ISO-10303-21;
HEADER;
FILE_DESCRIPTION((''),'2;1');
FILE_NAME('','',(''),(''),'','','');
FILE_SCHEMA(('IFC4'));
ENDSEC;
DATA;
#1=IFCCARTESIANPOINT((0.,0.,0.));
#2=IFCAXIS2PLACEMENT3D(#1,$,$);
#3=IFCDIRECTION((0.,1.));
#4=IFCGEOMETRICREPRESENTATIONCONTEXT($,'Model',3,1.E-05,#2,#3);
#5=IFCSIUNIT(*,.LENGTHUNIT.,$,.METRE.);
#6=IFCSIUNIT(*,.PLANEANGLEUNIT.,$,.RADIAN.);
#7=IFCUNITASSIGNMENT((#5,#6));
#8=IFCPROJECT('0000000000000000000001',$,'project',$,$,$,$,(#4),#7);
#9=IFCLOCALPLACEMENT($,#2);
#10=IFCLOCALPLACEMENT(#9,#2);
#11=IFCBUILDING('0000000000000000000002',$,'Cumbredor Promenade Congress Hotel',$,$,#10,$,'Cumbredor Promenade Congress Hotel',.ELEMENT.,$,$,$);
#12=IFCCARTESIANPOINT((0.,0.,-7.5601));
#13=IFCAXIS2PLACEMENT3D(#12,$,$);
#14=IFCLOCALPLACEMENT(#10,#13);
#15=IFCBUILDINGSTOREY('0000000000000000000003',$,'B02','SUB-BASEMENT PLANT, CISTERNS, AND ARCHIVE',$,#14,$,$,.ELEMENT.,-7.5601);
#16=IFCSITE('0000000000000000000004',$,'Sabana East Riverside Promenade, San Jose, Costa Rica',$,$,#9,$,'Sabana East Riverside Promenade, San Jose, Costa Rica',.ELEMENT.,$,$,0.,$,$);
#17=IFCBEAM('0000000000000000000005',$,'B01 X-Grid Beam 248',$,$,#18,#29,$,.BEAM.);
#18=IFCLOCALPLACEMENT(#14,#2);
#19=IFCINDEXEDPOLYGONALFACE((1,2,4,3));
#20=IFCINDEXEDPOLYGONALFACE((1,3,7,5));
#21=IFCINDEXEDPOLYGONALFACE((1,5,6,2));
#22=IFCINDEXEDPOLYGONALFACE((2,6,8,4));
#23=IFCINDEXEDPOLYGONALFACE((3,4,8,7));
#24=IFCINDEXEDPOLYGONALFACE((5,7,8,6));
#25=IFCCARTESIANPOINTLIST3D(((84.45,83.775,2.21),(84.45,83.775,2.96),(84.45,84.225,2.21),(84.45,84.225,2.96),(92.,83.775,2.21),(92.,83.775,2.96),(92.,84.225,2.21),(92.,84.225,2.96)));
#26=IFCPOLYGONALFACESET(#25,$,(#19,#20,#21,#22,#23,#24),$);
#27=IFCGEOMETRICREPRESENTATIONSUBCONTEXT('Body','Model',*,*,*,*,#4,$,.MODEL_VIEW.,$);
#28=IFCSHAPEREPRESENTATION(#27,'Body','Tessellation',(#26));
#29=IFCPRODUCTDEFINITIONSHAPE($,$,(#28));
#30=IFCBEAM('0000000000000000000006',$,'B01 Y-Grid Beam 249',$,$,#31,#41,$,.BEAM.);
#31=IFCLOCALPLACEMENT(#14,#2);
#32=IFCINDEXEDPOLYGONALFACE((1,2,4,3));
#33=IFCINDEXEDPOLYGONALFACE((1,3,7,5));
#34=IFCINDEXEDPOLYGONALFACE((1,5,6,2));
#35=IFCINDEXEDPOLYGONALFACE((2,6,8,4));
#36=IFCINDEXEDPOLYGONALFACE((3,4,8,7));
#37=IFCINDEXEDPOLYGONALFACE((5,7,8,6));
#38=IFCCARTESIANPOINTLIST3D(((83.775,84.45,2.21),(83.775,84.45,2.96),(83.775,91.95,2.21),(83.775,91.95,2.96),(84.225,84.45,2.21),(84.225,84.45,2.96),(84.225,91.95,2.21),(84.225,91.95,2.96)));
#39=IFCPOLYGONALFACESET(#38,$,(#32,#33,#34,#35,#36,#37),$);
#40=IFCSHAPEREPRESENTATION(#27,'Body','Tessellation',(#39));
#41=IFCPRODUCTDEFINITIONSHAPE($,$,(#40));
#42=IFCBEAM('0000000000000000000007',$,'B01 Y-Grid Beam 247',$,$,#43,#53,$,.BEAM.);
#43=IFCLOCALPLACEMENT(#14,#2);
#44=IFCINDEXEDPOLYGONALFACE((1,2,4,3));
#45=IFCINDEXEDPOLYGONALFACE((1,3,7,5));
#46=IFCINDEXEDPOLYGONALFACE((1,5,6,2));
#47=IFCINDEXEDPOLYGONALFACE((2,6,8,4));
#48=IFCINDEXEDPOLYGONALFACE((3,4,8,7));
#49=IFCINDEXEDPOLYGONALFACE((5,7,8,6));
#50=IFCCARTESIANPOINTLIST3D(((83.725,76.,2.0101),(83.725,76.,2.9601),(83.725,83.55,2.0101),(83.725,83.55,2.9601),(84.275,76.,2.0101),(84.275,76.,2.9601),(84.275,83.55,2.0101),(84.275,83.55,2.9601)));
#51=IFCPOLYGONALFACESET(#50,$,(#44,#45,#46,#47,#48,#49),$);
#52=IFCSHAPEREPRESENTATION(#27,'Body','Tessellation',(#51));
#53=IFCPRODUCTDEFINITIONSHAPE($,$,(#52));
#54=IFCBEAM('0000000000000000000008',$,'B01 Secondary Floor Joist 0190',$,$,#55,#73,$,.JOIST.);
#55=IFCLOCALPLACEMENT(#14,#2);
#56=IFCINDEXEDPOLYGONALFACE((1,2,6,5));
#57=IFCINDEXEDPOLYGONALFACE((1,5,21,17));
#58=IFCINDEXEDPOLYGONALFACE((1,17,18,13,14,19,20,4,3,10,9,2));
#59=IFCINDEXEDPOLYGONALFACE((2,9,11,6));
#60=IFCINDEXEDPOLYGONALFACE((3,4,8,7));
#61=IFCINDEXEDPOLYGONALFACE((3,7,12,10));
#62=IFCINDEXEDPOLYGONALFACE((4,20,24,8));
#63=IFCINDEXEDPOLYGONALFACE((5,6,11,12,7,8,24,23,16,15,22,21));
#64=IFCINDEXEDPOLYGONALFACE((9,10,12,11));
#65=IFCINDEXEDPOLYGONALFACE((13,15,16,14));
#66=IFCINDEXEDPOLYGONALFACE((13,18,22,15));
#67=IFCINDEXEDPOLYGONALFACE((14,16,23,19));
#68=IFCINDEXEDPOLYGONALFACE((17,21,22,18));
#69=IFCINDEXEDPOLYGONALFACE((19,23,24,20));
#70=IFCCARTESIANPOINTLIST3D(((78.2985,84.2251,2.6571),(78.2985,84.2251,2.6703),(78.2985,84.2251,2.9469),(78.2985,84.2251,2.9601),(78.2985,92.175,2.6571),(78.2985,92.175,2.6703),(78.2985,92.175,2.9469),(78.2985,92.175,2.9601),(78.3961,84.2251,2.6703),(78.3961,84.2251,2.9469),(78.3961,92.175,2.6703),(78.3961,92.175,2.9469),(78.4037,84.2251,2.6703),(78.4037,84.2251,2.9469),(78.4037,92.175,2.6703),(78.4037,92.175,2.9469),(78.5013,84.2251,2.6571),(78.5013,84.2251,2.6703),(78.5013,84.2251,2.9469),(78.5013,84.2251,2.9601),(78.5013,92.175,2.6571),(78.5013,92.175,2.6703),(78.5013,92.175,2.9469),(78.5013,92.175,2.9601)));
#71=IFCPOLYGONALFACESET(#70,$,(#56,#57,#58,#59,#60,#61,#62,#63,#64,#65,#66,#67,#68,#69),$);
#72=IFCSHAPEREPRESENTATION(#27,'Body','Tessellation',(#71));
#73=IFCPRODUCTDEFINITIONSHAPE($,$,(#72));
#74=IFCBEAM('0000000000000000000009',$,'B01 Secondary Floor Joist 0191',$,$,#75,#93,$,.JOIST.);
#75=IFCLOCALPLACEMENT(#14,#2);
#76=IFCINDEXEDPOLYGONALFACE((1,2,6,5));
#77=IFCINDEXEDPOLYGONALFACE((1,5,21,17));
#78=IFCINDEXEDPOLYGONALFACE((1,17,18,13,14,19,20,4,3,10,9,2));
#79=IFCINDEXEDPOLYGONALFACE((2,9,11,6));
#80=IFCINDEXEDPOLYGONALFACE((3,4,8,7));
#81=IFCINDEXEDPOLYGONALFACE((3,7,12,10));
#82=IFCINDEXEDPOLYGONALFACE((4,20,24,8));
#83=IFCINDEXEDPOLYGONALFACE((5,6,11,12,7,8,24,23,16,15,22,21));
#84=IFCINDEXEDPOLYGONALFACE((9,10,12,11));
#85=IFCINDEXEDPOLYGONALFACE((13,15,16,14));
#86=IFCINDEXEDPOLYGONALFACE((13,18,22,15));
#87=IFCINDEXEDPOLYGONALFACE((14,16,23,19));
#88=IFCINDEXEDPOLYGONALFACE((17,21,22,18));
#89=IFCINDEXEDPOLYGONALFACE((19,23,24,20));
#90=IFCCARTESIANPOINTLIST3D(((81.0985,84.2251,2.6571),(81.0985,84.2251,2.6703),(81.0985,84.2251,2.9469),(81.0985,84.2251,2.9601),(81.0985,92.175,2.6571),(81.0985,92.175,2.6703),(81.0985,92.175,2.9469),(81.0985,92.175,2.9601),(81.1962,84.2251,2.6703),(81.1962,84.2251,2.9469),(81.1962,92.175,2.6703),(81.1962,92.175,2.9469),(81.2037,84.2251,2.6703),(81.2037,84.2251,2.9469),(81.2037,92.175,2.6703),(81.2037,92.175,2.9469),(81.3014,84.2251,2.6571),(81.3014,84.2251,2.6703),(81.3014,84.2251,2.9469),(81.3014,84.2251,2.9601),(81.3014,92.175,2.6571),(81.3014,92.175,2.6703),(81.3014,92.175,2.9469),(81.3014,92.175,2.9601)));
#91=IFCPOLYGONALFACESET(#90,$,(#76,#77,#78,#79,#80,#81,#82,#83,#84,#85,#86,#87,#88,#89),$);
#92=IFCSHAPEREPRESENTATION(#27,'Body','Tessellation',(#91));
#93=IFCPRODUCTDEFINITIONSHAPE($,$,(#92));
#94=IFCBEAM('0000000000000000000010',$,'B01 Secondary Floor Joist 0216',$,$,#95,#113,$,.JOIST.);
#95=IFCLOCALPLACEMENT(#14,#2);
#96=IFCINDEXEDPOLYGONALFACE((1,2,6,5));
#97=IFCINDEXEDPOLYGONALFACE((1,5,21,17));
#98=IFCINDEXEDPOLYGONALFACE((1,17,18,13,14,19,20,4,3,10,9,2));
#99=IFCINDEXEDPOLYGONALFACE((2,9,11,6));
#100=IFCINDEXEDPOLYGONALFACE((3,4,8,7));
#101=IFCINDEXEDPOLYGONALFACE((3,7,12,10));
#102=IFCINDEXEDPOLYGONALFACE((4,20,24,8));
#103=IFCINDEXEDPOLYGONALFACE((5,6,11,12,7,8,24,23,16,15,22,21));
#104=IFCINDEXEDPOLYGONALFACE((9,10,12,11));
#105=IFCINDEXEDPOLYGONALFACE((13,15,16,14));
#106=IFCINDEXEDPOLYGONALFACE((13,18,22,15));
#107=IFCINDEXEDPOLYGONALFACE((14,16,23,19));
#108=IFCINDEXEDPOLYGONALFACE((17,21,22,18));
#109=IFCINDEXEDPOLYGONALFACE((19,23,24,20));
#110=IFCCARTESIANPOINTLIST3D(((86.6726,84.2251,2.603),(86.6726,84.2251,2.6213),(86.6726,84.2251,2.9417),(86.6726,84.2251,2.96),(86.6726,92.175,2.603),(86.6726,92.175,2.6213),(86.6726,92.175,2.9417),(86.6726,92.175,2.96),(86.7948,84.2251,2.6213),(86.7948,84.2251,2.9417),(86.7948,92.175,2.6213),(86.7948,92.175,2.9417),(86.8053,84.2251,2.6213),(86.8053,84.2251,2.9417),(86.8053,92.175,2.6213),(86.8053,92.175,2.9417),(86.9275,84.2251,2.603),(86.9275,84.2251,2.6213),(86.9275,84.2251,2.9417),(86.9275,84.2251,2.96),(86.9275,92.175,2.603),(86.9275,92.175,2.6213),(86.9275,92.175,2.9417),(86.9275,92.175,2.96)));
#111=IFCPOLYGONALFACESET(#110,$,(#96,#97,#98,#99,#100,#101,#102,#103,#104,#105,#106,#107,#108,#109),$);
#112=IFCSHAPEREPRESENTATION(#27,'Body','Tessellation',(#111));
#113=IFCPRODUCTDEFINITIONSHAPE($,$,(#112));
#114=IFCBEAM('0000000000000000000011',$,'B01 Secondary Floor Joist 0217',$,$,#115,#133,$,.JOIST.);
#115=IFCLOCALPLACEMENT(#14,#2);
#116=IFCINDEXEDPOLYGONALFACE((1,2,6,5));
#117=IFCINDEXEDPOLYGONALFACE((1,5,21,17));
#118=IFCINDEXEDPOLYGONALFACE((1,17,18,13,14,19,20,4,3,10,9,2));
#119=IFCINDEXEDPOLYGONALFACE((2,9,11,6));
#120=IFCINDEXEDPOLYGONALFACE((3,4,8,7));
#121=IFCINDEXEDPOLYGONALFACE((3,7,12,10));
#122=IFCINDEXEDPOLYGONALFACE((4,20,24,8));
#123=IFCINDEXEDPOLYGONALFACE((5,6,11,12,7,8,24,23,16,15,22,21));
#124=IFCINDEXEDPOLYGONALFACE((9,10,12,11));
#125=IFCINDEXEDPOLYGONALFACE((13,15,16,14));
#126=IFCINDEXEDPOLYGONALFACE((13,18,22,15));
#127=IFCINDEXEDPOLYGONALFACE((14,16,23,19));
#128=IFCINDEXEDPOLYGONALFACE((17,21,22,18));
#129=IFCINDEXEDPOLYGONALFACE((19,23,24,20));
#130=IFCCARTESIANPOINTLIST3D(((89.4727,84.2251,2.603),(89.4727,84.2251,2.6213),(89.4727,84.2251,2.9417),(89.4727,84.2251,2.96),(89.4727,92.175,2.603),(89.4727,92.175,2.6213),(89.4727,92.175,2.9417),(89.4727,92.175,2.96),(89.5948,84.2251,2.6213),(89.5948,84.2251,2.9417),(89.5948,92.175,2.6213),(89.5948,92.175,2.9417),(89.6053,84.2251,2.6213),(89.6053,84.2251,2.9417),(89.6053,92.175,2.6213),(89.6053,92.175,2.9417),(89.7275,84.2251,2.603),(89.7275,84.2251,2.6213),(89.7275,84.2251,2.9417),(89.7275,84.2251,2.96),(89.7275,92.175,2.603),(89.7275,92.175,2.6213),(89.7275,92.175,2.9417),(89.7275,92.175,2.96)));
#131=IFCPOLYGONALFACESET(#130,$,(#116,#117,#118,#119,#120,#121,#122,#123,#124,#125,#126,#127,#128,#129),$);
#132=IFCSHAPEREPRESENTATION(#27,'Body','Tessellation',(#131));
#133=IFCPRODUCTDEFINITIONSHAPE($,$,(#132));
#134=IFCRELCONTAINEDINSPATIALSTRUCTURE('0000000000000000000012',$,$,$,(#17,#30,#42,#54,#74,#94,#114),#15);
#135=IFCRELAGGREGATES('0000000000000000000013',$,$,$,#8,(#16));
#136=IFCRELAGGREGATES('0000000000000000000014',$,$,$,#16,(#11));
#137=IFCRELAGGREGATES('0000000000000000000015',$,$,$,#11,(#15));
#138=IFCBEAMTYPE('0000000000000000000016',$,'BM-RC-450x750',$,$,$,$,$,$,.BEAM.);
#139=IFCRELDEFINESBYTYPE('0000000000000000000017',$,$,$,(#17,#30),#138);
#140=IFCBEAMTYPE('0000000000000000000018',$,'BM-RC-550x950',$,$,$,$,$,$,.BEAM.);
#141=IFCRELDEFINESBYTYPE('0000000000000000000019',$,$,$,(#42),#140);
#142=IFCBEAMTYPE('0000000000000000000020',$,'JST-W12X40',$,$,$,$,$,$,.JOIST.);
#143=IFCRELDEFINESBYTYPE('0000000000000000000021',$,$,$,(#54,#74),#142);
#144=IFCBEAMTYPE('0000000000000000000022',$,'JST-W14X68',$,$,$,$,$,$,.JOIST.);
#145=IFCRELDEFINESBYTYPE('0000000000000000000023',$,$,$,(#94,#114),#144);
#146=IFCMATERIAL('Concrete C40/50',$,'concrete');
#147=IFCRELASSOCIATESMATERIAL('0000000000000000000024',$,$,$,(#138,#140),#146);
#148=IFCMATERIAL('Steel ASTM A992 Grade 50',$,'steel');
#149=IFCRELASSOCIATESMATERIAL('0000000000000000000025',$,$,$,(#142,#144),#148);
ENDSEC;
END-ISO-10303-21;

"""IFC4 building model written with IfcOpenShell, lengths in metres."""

from ifc_helpers import new_model, si_unit, direction, frame, origin, origin_2d, place, context, subcontext, project, spatial, rectangle, i_section, extrude, material, material_profile, profile_set, type_object, element, save


model = new_model("IFC4")

# Units and contexts
model_context = context("Model", 3, precision=1e-05, world=origin(), true_north=direction((0.0, 1.0)))
body_context = subcontext(model_context, "Body", "Model", "MODEL_VIEW")
ifc_project = project(units=[si_unit("LENGTHUNIT", "METRE"), si_unit("PLANEANGLEUNIT", "RADIAN")], contexts=[model_context])

# Site, building, storey
site_placement = place(None, origin())
site = spatial("IfcSite", under=ifc_project, at=site_placement, Name="Sabana East Riverside Promenade, San Jose, Costa Rica", LongName="Sabana East Riverside Promenade, San Jose, Costa Rica", CompositionType="ELEMENT", RefElevation=0.0)
building_placement = place(site_placement, origin())
building = spatial("IfcBuilding", under=site, at=building_placement, Name="Cumbredor Promenade Congress Hotel", LongName="Cumbredor Promenade Congress Hotel", CompositionType="ELEMENT")
storey_placement = place(building_placement, frame((0.0, 0.0, -7.5601)))
storey = spatial("IfcBuildingStorey", under=building, at=storey_placement, Name="B02", Description="SUB-BASEMENT PLANT, CISTERNS, AND ARCHIVE", CompositionType="ELEMENT", Elevation=-7.5601)

# Shared definitions
ifc_material_1 = material(Name="Concrete C40/50", Category="concrete")

# Beams
ifc_material_profile_1 = material_profile(ifc_material_1, rectangle(XDim=0.45, YDim=0.75, at=origin_2d()), Name="RC BEAM 450x750")
ifc_profile_set_1 = profile_set([ifc_material_profile_1], Name="Concrete C40/50")
beam_type_1 = type_object("IfcBeamType", Name="BM-RC-450x750", PredefinedType="BEAM", material=ifc_profile_set_1)
beam_1_placement = place(storey_placement, frame((84.45, 84.0, 2.585), z_axis=(1.0, 0.0, 0.0), x_axis=(0.0, 1.0, 0.0)))
element("IfcBeam", 1, at=beam_1_placement, inside=storey, type_object=beam_type_1, Name="B01 X-Grid Beam 248", PredefinedType="BEAM", context=body_context, shape_type="SweptSolid", body=[
    extrude(rectangle(XDim=0.45, YDim=0.75, at=origin_2d()), origin(), (0.0, 0.0, 1.0), 7.55),
])
beam_2_placement = place(storey_placement, frame((84.0, 84.45, 2.585), z_axis=(0.0, 1.0, 0.0), x_axis=(-1.0, 0.0, 0.0)))
element("IfcBeam", 2, at=beam_2_placement, inside=storey, type_object=beam_type_1, Name="B01 Y-Grid Beam 249", PredefinedType="BEAM", context=body_context, shape_type="SweptSolid", body=[
    extrude(rectangle(XDim=0.45, YDim=0.75, at=origin_2d()), origin(), (0.0, 0.0, 1.0), 7.5),
])
ifc_material_profile_2 = material_profile(ifc_material_1, rectangle(XDim=0.55, YDim=0.95, at=origin_2d()), Name="RC BEAM 550x950")
ifc_profile_set_2 = profile_set([ifc_material_profile_2], Name="Concrete C40/50")
beam_type_2 = type_object("IfcBeamType", Name="BM-RC-550x950", PredefinedType="BEAM", material=ifc_profile_set_2)
beam_3_placement = place(storey_placement, frame((84.0, 76.0, 2.4851), z_axis=(0.0, 1.0, 0.0), x_axis=(-1.0, 0.0, 0.0)))
element("IfcBeam", 3, at=beam_3_placement, inside=storey, type_object=beam_type_2, Name="B01 Y-Grid Beam 247", PredefinedType="BEAM", context=body_context, shape_type="SweptSolid", body=[
    extrude(rectangle(XDim=0.55, YDim=0.95, at=origin_2d()), origin(), (0.0, 0.0, 1.0), 7.55),
])
ifc_material_2 = material(Name="Steel ASTM A992 Grade 50", Category="steel")
ifc_material_profile_3 = material_profile(ifc_material_2, i_section(OverallWidth=0.2029, OverallDepth=0.303, WebThickness=0.0076, FlangeThickness=0.0132, at=origin_2d()), Name="W12X40")
ifc_profile_set_3 = profile_set([ifc_material_profile_3], Name="Steel ASTM A992 Grade 50")
beam_type_3 = type_object("IfcBeamType", Name="JST-W12X40", PredefinedType="JOIST", material=ifc_profile_set_3)
for number, where, z_axis, x_axis, name in (
    (4, (78.3999, 84.2251, 2.8086), (0.0, 1.0, 0.0), (-1.0, 0.0, 0.0), "B01 Secondary Floor Joist 0190"),
    (5, (81.2, 84.2251, 2.8086), (0.0, 1.0, 0.0), (-1.0, 0.0, 0.0), "B01 Secondary Floor Joist 0191"),
):
    element("IfcBeam", number, at=place(storey_placement, frame(where, z_axis=z_axis, x_axis=x_axis)), inside=storey, type_object=beam_type_3, Name=name, PredefinedType="JOIST", context=body_context, shape_type="SweptSolid", body=[
        extrude(i_section(OverallWidth=0.2029, OverallDepth=0.303, WebThickness=0.0076, FlangeThickness=0.0132, at=origin_2d()), origin(), (0.0, 0.0, 1.0), 7.95),
    ])
ifc_material_profile_4 = material_profile(ifc_material_2, i_section(OverallWidth=0.2549, OverallDepth=0.3569, WebThickness=0.0105, FlangeThickness=0.0183, at=origin_2d()), Name="W14X68")
ifc_profile_set_4 = profile_set([ifc_material_profile_4], Name="Steel ASTM A992 Grade 50")
beam_type_4 = type_object("IfcBeamType", Name="JST-W14X68", PredefinedType="JOIST", material=ifc_profile_set_4)
for number, where, z_axis, x_axis, name in (
    (6, (86.8, 84.2251, 2.7815), (0.0, 1.0, 0.0), (-1.0, 0.0, 0.0), "B01 Secondary Floor Joist 0216"),
    (7, (89.6001, 84.2251, 2.7815), (0.0, 1.0, 0.0), (-1.0, 0.0, 0.0), "B01 Secondary Floor Joist 0217"),
):
    element("IfcBeam", number, at=place(storey_placement, frame(where, z_axis=z_axis, x_axis=x_axis)), inside=storey, type_object=beam_type_4, Name=name, PredefinedType="JOIST", context=body_context, shape_type="SweptSolid", body=[
        extrude(i_section(OverallWidth=0.2549, OverallDepth=0.3569, WebThickness=0.0105, FlangeThickness=0.0183, at=origin_2d()), origin(), (0.0, 0.0, 1.0), 7.95),
    ])

save(model, "model.ifc")
